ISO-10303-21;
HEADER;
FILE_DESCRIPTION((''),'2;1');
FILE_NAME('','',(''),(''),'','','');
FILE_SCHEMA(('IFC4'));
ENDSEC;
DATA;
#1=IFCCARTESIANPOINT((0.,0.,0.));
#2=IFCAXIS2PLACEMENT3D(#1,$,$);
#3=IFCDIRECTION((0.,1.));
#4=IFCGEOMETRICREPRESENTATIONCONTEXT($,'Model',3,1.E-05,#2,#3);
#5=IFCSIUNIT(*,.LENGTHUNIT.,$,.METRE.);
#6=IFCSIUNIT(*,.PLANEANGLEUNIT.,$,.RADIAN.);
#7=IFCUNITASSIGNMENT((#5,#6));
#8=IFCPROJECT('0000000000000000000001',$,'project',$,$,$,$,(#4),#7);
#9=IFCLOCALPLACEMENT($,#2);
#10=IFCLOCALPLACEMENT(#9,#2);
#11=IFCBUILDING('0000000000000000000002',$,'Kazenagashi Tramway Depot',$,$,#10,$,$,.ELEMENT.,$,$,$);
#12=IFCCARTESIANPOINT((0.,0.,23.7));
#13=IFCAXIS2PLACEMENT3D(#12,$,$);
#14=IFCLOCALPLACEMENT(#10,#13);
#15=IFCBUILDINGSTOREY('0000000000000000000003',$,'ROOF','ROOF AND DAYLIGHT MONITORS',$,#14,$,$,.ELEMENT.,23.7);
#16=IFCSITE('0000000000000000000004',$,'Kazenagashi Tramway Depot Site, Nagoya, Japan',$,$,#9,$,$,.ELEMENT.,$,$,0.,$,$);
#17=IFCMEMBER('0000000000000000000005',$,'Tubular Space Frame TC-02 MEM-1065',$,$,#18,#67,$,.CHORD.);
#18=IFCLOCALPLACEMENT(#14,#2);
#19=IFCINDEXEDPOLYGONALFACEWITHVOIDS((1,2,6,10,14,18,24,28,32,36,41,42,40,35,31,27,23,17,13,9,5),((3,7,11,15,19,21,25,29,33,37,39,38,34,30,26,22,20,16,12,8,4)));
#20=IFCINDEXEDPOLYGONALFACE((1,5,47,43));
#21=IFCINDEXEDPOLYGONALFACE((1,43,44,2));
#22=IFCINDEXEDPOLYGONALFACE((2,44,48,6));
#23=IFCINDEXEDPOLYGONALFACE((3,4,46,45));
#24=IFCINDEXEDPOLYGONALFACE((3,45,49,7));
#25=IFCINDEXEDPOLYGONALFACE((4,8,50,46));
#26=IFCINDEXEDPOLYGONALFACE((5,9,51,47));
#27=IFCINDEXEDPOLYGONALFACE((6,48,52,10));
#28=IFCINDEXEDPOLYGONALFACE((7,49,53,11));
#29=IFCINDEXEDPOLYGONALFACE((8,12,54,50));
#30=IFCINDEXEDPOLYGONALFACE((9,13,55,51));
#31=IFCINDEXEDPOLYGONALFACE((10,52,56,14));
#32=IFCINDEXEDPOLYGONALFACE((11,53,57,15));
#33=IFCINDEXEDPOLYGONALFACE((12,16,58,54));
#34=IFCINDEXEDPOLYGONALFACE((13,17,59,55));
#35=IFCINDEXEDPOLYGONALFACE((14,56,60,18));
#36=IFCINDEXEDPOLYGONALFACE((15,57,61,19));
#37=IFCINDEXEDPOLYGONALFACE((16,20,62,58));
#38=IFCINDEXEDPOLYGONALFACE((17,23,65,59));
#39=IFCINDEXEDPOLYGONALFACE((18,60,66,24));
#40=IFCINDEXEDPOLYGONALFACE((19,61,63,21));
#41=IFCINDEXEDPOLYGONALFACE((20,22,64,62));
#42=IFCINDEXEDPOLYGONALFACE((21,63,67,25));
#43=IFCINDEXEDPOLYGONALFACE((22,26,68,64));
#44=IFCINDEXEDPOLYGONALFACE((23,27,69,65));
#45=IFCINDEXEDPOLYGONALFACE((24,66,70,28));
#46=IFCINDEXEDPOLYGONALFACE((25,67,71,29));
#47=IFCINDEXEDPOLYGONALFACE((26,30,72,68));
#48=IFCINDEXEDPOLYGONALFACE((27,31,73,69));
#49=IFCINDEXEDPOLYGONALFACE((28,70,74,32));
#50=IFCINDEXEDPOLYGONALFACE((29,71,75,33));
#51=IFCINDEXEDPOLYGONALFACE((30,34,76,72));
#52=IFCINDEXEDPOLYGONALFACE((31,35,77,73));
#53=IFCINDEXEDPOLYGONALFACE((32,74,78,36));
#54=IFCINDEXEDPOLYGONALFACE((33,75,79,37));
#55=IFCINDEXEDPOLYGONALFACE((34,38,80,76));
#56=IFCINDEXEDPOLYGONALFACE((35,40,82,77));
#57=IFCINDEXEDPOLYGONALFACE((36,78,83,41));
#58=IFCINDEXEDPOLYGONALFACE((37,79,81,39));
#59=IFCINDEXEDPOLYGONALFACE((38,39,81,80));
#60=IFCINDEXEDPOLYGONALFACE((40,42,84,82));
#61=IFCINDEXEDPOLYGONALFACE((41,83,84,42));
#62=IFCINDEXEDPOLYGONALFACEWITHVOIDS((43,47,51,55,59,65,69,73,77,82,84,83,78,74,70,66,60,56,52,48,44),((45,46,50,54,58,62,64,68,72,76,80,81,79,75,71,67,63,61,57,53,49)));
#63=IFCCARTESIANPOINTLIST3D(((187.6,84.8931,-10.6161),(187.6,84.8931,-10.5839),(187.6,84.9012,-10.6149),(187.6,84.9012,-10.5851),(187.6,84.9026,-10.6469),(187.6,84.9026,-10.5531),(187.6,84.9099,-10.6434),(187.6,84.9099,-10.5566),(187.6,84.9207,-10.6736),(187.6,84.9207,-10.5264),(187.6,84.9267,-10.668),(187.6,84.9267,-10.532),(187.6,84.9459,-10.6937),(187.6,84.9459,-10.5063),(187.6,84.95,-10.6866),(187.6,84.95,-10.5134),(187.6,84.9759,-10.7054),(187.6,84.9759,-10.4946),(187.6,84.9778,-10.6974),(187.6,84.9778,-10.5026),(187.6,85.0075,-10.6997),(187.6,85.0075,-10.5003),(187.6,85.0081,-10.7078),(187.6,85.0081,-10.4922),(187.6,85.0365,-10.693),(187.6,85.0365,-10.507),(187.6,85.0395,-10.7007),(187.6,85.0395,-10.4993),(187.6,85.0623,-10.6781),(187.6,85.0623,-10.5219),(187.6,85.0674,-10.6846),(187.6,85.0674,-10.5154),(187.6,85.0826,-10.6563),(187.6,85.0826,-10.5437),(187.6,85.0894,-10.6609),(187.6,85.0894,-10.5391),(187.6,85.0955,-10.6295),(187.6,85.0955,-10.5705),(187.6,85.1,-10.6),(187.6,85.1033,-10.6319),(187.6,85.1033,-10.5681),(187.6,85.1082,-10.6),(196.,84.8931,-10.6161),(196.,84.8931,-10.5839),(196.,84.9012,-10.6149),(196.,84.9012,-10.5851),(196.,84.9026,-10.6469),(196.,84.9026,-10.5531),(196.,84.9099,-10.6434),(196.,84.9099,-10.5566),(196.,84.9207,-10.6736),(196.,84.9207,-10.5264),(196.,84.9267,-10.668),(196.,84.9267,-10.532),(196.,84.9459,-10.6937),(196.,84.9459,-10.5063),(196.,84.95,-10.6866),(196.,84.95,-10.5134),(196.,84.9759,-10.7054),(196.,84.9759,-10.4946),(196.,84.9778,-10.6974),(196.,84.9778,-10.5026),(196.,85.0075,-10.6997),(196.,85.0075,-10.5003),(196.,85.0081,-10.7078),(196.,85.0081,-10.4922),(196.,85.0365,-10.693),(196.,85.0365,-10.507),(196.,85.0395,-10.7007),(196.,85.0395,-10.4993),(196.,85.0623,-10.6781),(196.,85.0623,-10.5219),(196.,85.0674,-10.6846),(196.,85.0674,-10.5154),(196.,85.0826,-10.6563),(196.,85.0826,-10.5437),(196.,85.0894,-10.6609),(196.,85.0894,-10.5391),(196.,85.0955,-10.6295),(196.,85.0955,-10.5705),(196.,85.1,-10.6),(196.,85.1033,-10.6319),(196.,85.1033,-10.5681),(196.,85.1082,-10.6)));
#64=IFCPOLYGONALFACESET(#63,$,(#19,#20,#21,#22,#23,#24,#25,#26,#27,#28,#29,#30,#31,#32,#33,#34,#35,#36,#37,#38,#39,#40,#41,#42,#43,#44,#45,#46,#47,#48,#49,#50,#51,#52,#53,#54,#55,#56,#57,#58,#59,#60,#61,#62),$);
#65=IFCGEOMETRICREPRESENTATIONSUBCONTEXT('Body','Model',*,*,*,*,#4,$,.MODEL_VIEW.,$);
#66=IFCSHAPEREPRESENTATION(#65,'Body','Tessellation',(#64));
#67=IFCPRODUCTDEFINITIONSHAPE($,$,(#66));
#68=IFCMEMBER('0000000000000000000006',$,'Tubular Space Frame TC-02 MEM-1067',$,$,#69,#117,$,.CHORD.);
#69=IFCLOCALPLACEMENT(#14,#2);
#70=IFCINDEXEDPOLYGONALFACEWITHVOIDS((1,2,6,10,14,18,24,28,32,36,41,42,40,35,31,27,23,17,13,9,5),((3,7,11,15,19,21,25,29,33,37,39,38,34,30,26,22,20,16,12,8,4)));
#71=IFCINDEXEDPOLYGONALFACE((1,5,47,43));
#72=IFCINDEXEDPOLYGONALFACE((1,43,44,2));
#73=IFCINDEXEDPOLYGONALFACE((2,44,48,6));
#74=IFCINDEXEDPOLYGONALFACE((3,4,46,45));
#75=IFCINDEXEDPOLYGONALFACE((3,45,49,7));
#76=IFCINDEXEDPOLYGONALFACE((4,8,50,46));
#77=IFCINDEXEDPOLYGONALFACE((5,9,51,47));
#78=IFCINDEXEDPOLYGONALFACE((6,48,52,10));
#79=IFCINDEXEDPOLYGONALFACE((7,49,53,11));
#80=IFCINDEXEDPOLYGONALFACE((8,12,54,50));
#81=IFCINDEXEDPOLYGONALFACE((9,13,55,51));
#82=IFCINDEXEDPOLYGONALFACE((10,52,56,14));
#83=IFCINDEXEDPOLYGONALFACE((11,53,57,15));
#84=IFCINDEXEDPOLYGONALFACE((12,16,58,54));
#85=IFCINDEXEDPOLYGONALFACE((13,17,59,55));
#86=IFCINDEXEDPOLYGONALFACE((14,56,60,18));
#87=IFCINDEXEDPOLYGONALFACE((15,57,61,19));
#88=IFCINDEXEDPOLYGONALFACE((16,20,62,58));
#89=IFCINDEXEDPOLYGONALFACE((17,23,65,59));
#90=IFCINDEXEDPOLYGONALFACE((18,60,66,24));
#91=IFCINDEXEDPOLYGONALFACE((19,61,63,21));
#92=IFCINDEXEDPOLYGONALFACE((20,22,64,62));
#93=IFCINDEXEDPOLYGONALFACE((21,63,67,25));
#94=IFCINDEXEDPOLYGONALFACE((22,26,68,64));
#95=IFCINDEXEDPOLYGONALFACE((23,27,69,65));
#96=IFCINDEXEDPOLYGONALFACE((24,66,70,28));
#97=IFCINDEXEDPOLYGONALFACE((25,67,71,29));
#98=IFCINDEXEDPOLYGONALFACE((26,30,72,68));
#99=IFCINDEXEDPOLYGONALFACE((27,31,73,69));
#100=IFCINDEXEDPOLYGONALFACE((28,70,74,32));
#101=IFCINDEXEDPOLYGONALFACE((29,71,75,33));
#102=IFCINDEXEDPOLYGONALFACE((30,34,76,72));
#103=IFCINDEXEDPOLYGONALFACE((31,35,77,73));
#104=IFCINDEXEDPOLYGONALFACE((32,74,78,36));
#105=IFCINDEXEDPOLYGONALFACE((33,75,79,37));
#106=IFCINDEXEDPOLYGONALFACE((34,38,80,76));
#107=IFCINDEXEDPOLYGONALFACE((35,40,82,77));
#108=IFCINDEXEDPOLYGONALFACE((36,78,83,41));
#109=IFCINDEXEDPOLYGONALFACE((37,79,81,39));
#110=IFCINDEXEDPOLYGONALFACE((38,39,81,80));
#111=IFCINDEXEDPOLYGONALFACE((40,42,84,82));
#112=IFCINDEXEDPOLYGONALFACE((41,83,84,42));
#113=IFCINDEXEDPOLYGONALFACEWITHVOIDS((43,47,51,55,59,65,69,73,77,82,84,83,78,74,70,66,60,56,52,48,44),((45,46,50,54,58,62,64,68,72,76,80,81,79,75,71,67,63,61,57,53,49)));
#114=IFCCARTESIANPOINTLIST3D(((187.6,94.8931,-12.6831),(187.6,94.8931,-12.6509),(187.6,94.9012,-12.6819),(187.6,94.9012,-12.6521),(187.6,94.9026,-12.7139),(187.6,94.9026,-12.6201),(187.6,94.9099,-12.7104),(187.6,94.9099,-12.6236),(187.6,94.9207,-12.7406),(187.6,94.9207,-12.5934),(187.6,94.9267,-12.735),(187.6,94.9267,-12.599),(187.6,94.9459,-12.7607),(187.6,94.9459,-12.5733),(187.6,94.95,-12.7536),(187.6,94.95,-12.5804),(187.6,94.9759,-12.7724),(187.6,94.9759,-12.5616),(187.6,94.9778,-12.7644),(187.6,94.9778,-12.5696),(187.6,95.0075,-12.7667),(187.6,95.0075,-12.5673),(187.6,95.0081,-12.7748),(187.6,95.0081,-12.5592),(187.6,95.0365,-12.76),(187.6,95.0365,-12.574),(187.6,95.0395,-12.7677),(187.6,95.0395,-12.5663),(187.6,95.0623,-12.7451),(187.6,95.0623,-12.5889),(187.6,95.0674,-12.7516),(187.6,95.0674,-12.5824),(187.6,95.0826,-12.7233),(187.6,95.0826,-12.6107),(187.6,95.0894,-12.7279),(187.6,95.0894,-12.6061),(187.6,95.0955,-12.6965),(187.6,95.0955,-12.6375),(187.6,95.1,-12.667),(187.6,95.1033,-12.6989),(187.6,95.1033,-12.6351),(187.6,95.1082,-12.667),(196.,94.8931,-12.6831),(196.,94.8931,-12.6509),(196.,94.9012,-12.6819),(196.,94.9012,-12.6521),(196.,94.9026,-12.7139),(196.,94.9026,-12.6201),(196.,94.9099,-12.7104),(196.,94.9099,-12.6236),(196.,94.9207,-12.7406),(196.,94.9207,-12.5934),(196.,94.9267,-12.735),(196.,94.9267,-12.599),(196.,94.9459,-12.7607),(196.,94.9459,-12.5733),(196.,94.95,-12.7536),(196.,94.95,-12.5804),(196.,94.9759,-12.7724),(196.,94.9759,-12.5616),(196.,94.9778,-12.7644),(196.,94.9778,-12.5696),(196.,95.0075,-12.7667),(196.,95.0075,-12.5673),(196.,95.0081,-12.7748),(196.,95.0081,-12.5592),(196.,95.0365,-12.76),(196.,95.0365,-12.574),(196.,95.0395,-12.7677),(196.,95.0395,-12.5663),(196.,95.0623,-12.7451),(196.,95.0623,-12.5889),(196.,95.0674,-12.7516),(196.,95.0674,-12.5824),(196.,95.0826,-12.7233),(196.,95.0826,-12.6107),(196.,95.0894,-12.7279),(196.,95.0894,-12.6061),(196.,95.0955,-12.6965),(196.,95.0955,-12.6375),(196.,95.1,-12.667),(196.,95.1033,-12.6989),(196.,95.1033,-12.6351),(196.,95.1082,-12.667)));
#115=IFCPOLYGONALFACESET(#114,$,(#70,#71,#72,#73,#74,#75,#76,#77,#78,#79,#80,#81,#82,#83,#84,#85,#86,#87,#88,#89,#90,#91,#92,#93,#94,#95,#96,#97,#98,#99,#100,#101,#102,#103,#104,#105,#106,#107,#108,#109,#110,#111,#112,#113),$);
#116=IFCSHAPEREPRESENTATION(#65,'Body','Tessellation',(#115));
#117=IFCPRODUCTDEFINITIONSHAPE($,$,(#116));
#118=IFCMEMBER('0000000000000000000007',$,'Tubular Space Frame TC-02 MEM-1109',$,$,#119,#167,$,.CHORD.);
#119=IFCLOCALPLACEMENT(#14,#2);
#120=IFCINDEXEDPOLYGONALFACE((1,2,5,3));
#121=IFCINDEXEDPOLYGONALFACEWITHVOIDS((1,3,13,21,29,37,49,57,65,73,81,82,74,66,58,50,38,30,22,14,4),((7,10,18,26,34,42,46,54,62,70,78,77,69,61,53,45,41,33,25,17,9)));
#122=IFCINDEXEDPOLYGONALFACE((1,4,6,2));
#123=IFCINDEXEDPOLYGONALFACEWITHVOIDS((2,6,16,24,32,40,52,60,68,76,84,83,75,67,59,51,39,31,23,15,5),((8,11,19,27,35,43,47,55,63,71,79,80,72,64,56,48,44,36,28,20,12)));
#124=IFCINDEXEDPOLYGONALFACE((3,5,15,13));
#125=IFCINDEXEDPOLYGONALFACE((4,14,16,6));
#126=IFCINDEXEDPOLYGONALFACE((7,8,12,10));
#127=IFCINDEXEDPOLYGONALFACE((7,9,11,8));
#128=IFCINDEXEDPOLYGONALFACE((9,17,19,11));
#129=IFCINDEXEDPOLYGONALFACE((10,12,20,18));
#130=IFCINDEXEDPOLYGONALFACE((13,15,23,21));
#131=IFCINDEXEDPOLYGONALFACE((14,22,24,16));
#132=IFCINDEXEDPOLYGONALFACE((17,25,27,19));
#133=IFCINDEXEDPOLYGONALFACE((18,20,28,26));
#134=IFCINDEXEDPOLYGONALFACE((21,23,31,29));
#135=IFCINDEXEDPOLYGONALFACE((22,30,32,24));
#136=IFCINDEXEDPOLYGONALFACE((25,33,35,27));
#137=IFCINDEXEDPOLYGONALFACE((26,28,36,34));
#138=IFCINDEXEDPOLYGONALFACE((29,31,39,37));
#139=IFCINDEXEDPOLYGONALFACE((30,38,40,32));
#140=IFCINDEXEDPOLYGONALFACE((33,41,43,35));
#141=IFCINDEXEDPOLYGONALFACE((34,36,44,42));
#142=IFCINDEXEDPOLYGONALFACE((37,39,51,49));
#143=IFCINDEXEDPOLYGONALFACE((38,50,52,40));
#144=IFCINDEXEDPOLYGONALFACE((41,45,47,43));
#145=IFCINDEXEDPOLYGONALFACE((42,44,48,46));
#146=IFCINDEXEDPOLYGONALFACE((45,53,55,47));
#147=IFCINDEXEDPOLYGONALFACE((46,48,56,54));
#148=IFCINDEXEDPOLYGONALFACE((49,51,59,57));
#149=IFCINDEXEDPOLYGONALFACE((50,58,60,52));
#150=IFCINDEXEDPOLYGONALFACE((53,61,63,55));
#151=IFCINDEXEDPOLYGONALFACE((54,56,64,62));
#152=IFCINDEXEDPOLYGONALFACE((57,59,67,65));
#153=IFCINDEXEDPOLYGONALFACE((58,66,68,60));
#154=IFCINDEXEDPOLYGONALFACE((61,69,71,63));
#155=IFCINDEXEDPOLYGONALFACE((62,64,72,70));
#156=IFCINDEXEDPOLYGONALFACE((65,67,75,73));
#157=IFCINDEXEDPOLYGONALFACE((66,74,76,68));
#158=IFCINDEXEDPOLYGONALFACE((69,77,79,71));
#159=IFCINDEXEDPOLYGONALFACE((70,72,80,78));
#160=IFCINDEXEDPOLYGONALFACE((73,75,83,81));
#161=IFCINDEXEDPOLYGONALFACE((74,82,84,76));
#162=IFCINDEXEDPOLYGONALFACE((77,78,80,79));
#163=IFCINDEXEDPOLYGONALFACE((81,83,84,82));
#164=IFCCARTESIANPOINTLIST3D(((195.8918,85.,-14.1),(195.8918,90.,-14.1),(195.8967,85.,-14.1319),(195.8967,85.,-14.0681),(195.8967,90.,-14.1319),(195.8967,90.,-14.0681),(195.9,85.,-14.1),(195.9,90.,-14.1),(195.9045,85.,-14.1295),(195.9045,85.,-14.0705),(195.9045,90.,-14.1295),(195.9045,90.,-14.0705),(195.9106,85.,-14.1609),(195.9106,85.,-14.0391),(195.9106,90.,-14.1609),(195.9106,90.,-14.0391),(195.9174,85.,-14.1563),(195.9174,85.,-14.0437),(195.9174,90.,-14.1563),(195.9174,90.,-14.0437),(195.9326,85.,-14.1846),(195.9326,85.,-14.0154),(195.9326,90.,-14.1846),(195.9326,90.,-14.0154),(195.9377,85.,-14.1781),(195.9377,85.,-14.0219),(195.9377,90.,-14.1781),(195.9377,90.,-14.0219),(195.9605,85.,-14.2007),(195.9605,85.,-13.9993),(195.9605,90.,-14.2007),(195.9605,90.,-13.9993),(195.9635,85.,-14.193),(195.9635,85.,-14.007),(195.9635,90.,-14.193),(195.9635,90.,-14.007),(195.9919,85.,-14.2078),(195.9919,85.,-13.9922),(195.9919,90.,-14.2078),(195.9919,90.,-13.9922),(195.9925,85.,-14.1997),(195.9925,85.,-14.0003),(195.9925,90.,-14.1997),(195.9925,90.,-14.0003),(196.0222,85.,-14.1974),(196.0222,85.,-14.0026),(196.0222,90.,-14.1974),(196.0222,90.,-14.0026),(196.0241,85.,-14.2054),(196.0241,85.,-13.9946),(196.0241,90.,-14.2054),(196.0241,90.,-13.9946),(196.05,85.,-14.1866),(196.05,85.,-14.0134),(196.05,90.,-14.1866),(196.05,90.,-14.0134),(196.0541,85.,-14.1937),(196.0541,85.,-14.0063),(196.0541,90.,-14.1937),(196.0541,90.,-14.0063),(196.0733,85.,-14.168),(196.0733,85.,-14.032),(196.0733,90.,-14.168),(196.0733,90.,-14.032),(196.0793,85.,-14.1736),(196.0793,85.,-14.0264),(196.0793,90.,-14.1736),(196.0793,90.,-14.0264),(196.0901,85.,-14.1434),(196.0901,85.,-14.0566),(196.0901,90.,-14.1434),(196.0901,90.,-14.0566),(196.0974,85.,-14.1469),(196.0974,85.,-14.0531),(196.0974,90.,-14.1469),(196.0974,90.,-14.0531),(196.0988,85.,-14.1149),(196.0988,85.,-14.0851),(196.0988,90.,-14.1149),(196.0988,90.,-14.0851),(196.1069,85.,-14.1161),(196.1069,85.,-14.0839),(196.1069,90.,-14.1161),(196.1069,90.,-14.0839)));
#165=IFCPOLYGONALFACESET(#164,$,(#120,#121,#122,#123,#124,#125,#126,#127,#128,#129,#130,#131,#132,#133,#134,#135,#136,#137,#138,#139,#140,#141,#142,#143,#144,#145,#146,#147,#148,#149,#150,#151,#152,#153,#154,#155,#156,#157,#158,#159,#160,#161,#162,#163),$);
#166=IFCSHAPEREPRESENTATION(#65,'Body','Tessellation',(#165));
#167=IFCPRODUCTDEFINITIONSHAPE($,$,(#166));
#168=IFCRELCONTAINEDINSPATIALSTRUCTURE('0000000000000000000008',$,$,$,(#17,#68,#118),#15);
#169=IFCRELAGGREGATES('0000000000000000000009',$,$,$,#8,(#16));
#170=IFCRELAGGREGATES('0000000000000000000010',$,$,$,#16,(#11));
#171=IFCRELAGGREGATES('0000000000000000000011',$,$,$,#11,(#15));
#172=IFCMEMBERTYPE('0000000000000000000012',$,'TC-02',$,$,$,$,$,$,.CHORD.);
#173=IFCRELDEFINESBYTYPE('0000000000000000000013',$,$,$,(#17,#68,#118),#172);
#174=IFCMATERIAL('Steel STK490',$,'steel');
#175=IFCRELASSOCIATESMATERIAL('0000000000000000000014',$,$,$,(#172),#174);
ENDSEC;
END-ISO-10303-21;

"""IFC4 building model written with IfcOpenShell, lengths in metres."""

from ifc_helpers import new_model, si_unit, direction, frame, origin, origin_2d, place, context, subcontext, project, spatial, hollow_circle, extrude, material, material_profile, profile_set, type_object, element, save


model = new_model("IFC4")

# Units and contexts
model_context = context("Model", 3, precision=1e-05, world=origin(), true_north=direction((0.0, 1.0)))
body_context = subcontext(model_context, "Body", "Model", "MODEL_VIEW")
ifc_project = project(units=[si_unit("LENGTHUNIT", "METRE"), si_unit("PLANEANGLEUNIT", "RADIAN")], contexts=[model_context])

# Site, building, storey
site_placement = place(None, origin())
site = spatial("IfcSite", under=ifc_project, at=site_placement, Name="Kazenagashi Tramway Depot Site, Nagoya, Japan", CompositionType="ELEMENT", RefElevation=0.0)
building_placement = place(site_placement, origin())
building = spatial("IfcBuilding", under=site, at=building_placement, Name="Kazenagashi Tramway Depot", CompositionType="ELEMENT")
storey_placement = place(building_placement, frame((0.0, 0.0, 23.7)))
storey = spatial("IfcBuildingStorey", under=building, at=storey_placement, Name="ROOF", Description="ROOF AND DAYLIGHT MONITORS", CompositionType="ELEMENT", Elevation=23.7)

# Members
ifc_material_1 = material(Name="Steel STK490", Category="steel")
ifc_material_profile_1 = material_profile(ifc_material_1, hollow_circle(Radius=0.1081, WallThickness=0.0082, at=origin_2d()), Name="CHS-216.3x8.2")
ifc_profile_set_1 = profile_set([ifc_material_profile_1], Name="Steel STK490")
member_type_1 = type_object("IfcMemberType", Name="TC-02", PredefinedType="CHORD", material=ifc_profile_set_1)
for number, where, z_axis, x_axis, name in (
    (1, (187.6, 85.0, -10.6), (1.0, 0.0, 0.0), (0.0, 1.0, 0.0), "Tubular Space Frame TC-02 MEM-1065"),
    (2, (187.6, 95.0, -12.667), (1.0, 0.0, 0.0), (0.0, 1.0, 0.0), "Tubular Space Frame TC-02 MEM-1067"),
):
    element("IfcMember", number, at=place(storey_placement, frame(where, z_axis=z_axis, x_axis=x_axis)), inside=storey, type_object=member_type_1, Name=name, PredefinedType="CHORD", context=body_context, shape_type="SweptSolid", body=[
        extrude(hollow_circle(Radius=0.1081, WallThickness=0.0082, at=origin_2d()), origin(), (0.0, 0.0, 1.0), 8.4),
    ])
for number, where, z_axis, x_axis, name in (
    (3, (196.0, 85.0, -14.1), (0.0, 1.0, 0.0), (-1.0, 0.0, 0.0), "Tubular Space Frame TC-02 MEM-1109"),
):
    element("IfcMember", number, at=place(storey_placement, frame(where, z_axis=z_axis, x_axis=x_axis)), inside=storey, type_object=member_type_1, Name=name, PredefinedType="CHORD", context=body_context, shape_type="SweptSolid", body=[
        extrude(hollow_circle(Radius=0.1081, WallThickness=0.0082, at=origin_2d()), origin(), (0.0, 0.0, 1.0), 5.0),
    ])

save(model, "model.ifc")
